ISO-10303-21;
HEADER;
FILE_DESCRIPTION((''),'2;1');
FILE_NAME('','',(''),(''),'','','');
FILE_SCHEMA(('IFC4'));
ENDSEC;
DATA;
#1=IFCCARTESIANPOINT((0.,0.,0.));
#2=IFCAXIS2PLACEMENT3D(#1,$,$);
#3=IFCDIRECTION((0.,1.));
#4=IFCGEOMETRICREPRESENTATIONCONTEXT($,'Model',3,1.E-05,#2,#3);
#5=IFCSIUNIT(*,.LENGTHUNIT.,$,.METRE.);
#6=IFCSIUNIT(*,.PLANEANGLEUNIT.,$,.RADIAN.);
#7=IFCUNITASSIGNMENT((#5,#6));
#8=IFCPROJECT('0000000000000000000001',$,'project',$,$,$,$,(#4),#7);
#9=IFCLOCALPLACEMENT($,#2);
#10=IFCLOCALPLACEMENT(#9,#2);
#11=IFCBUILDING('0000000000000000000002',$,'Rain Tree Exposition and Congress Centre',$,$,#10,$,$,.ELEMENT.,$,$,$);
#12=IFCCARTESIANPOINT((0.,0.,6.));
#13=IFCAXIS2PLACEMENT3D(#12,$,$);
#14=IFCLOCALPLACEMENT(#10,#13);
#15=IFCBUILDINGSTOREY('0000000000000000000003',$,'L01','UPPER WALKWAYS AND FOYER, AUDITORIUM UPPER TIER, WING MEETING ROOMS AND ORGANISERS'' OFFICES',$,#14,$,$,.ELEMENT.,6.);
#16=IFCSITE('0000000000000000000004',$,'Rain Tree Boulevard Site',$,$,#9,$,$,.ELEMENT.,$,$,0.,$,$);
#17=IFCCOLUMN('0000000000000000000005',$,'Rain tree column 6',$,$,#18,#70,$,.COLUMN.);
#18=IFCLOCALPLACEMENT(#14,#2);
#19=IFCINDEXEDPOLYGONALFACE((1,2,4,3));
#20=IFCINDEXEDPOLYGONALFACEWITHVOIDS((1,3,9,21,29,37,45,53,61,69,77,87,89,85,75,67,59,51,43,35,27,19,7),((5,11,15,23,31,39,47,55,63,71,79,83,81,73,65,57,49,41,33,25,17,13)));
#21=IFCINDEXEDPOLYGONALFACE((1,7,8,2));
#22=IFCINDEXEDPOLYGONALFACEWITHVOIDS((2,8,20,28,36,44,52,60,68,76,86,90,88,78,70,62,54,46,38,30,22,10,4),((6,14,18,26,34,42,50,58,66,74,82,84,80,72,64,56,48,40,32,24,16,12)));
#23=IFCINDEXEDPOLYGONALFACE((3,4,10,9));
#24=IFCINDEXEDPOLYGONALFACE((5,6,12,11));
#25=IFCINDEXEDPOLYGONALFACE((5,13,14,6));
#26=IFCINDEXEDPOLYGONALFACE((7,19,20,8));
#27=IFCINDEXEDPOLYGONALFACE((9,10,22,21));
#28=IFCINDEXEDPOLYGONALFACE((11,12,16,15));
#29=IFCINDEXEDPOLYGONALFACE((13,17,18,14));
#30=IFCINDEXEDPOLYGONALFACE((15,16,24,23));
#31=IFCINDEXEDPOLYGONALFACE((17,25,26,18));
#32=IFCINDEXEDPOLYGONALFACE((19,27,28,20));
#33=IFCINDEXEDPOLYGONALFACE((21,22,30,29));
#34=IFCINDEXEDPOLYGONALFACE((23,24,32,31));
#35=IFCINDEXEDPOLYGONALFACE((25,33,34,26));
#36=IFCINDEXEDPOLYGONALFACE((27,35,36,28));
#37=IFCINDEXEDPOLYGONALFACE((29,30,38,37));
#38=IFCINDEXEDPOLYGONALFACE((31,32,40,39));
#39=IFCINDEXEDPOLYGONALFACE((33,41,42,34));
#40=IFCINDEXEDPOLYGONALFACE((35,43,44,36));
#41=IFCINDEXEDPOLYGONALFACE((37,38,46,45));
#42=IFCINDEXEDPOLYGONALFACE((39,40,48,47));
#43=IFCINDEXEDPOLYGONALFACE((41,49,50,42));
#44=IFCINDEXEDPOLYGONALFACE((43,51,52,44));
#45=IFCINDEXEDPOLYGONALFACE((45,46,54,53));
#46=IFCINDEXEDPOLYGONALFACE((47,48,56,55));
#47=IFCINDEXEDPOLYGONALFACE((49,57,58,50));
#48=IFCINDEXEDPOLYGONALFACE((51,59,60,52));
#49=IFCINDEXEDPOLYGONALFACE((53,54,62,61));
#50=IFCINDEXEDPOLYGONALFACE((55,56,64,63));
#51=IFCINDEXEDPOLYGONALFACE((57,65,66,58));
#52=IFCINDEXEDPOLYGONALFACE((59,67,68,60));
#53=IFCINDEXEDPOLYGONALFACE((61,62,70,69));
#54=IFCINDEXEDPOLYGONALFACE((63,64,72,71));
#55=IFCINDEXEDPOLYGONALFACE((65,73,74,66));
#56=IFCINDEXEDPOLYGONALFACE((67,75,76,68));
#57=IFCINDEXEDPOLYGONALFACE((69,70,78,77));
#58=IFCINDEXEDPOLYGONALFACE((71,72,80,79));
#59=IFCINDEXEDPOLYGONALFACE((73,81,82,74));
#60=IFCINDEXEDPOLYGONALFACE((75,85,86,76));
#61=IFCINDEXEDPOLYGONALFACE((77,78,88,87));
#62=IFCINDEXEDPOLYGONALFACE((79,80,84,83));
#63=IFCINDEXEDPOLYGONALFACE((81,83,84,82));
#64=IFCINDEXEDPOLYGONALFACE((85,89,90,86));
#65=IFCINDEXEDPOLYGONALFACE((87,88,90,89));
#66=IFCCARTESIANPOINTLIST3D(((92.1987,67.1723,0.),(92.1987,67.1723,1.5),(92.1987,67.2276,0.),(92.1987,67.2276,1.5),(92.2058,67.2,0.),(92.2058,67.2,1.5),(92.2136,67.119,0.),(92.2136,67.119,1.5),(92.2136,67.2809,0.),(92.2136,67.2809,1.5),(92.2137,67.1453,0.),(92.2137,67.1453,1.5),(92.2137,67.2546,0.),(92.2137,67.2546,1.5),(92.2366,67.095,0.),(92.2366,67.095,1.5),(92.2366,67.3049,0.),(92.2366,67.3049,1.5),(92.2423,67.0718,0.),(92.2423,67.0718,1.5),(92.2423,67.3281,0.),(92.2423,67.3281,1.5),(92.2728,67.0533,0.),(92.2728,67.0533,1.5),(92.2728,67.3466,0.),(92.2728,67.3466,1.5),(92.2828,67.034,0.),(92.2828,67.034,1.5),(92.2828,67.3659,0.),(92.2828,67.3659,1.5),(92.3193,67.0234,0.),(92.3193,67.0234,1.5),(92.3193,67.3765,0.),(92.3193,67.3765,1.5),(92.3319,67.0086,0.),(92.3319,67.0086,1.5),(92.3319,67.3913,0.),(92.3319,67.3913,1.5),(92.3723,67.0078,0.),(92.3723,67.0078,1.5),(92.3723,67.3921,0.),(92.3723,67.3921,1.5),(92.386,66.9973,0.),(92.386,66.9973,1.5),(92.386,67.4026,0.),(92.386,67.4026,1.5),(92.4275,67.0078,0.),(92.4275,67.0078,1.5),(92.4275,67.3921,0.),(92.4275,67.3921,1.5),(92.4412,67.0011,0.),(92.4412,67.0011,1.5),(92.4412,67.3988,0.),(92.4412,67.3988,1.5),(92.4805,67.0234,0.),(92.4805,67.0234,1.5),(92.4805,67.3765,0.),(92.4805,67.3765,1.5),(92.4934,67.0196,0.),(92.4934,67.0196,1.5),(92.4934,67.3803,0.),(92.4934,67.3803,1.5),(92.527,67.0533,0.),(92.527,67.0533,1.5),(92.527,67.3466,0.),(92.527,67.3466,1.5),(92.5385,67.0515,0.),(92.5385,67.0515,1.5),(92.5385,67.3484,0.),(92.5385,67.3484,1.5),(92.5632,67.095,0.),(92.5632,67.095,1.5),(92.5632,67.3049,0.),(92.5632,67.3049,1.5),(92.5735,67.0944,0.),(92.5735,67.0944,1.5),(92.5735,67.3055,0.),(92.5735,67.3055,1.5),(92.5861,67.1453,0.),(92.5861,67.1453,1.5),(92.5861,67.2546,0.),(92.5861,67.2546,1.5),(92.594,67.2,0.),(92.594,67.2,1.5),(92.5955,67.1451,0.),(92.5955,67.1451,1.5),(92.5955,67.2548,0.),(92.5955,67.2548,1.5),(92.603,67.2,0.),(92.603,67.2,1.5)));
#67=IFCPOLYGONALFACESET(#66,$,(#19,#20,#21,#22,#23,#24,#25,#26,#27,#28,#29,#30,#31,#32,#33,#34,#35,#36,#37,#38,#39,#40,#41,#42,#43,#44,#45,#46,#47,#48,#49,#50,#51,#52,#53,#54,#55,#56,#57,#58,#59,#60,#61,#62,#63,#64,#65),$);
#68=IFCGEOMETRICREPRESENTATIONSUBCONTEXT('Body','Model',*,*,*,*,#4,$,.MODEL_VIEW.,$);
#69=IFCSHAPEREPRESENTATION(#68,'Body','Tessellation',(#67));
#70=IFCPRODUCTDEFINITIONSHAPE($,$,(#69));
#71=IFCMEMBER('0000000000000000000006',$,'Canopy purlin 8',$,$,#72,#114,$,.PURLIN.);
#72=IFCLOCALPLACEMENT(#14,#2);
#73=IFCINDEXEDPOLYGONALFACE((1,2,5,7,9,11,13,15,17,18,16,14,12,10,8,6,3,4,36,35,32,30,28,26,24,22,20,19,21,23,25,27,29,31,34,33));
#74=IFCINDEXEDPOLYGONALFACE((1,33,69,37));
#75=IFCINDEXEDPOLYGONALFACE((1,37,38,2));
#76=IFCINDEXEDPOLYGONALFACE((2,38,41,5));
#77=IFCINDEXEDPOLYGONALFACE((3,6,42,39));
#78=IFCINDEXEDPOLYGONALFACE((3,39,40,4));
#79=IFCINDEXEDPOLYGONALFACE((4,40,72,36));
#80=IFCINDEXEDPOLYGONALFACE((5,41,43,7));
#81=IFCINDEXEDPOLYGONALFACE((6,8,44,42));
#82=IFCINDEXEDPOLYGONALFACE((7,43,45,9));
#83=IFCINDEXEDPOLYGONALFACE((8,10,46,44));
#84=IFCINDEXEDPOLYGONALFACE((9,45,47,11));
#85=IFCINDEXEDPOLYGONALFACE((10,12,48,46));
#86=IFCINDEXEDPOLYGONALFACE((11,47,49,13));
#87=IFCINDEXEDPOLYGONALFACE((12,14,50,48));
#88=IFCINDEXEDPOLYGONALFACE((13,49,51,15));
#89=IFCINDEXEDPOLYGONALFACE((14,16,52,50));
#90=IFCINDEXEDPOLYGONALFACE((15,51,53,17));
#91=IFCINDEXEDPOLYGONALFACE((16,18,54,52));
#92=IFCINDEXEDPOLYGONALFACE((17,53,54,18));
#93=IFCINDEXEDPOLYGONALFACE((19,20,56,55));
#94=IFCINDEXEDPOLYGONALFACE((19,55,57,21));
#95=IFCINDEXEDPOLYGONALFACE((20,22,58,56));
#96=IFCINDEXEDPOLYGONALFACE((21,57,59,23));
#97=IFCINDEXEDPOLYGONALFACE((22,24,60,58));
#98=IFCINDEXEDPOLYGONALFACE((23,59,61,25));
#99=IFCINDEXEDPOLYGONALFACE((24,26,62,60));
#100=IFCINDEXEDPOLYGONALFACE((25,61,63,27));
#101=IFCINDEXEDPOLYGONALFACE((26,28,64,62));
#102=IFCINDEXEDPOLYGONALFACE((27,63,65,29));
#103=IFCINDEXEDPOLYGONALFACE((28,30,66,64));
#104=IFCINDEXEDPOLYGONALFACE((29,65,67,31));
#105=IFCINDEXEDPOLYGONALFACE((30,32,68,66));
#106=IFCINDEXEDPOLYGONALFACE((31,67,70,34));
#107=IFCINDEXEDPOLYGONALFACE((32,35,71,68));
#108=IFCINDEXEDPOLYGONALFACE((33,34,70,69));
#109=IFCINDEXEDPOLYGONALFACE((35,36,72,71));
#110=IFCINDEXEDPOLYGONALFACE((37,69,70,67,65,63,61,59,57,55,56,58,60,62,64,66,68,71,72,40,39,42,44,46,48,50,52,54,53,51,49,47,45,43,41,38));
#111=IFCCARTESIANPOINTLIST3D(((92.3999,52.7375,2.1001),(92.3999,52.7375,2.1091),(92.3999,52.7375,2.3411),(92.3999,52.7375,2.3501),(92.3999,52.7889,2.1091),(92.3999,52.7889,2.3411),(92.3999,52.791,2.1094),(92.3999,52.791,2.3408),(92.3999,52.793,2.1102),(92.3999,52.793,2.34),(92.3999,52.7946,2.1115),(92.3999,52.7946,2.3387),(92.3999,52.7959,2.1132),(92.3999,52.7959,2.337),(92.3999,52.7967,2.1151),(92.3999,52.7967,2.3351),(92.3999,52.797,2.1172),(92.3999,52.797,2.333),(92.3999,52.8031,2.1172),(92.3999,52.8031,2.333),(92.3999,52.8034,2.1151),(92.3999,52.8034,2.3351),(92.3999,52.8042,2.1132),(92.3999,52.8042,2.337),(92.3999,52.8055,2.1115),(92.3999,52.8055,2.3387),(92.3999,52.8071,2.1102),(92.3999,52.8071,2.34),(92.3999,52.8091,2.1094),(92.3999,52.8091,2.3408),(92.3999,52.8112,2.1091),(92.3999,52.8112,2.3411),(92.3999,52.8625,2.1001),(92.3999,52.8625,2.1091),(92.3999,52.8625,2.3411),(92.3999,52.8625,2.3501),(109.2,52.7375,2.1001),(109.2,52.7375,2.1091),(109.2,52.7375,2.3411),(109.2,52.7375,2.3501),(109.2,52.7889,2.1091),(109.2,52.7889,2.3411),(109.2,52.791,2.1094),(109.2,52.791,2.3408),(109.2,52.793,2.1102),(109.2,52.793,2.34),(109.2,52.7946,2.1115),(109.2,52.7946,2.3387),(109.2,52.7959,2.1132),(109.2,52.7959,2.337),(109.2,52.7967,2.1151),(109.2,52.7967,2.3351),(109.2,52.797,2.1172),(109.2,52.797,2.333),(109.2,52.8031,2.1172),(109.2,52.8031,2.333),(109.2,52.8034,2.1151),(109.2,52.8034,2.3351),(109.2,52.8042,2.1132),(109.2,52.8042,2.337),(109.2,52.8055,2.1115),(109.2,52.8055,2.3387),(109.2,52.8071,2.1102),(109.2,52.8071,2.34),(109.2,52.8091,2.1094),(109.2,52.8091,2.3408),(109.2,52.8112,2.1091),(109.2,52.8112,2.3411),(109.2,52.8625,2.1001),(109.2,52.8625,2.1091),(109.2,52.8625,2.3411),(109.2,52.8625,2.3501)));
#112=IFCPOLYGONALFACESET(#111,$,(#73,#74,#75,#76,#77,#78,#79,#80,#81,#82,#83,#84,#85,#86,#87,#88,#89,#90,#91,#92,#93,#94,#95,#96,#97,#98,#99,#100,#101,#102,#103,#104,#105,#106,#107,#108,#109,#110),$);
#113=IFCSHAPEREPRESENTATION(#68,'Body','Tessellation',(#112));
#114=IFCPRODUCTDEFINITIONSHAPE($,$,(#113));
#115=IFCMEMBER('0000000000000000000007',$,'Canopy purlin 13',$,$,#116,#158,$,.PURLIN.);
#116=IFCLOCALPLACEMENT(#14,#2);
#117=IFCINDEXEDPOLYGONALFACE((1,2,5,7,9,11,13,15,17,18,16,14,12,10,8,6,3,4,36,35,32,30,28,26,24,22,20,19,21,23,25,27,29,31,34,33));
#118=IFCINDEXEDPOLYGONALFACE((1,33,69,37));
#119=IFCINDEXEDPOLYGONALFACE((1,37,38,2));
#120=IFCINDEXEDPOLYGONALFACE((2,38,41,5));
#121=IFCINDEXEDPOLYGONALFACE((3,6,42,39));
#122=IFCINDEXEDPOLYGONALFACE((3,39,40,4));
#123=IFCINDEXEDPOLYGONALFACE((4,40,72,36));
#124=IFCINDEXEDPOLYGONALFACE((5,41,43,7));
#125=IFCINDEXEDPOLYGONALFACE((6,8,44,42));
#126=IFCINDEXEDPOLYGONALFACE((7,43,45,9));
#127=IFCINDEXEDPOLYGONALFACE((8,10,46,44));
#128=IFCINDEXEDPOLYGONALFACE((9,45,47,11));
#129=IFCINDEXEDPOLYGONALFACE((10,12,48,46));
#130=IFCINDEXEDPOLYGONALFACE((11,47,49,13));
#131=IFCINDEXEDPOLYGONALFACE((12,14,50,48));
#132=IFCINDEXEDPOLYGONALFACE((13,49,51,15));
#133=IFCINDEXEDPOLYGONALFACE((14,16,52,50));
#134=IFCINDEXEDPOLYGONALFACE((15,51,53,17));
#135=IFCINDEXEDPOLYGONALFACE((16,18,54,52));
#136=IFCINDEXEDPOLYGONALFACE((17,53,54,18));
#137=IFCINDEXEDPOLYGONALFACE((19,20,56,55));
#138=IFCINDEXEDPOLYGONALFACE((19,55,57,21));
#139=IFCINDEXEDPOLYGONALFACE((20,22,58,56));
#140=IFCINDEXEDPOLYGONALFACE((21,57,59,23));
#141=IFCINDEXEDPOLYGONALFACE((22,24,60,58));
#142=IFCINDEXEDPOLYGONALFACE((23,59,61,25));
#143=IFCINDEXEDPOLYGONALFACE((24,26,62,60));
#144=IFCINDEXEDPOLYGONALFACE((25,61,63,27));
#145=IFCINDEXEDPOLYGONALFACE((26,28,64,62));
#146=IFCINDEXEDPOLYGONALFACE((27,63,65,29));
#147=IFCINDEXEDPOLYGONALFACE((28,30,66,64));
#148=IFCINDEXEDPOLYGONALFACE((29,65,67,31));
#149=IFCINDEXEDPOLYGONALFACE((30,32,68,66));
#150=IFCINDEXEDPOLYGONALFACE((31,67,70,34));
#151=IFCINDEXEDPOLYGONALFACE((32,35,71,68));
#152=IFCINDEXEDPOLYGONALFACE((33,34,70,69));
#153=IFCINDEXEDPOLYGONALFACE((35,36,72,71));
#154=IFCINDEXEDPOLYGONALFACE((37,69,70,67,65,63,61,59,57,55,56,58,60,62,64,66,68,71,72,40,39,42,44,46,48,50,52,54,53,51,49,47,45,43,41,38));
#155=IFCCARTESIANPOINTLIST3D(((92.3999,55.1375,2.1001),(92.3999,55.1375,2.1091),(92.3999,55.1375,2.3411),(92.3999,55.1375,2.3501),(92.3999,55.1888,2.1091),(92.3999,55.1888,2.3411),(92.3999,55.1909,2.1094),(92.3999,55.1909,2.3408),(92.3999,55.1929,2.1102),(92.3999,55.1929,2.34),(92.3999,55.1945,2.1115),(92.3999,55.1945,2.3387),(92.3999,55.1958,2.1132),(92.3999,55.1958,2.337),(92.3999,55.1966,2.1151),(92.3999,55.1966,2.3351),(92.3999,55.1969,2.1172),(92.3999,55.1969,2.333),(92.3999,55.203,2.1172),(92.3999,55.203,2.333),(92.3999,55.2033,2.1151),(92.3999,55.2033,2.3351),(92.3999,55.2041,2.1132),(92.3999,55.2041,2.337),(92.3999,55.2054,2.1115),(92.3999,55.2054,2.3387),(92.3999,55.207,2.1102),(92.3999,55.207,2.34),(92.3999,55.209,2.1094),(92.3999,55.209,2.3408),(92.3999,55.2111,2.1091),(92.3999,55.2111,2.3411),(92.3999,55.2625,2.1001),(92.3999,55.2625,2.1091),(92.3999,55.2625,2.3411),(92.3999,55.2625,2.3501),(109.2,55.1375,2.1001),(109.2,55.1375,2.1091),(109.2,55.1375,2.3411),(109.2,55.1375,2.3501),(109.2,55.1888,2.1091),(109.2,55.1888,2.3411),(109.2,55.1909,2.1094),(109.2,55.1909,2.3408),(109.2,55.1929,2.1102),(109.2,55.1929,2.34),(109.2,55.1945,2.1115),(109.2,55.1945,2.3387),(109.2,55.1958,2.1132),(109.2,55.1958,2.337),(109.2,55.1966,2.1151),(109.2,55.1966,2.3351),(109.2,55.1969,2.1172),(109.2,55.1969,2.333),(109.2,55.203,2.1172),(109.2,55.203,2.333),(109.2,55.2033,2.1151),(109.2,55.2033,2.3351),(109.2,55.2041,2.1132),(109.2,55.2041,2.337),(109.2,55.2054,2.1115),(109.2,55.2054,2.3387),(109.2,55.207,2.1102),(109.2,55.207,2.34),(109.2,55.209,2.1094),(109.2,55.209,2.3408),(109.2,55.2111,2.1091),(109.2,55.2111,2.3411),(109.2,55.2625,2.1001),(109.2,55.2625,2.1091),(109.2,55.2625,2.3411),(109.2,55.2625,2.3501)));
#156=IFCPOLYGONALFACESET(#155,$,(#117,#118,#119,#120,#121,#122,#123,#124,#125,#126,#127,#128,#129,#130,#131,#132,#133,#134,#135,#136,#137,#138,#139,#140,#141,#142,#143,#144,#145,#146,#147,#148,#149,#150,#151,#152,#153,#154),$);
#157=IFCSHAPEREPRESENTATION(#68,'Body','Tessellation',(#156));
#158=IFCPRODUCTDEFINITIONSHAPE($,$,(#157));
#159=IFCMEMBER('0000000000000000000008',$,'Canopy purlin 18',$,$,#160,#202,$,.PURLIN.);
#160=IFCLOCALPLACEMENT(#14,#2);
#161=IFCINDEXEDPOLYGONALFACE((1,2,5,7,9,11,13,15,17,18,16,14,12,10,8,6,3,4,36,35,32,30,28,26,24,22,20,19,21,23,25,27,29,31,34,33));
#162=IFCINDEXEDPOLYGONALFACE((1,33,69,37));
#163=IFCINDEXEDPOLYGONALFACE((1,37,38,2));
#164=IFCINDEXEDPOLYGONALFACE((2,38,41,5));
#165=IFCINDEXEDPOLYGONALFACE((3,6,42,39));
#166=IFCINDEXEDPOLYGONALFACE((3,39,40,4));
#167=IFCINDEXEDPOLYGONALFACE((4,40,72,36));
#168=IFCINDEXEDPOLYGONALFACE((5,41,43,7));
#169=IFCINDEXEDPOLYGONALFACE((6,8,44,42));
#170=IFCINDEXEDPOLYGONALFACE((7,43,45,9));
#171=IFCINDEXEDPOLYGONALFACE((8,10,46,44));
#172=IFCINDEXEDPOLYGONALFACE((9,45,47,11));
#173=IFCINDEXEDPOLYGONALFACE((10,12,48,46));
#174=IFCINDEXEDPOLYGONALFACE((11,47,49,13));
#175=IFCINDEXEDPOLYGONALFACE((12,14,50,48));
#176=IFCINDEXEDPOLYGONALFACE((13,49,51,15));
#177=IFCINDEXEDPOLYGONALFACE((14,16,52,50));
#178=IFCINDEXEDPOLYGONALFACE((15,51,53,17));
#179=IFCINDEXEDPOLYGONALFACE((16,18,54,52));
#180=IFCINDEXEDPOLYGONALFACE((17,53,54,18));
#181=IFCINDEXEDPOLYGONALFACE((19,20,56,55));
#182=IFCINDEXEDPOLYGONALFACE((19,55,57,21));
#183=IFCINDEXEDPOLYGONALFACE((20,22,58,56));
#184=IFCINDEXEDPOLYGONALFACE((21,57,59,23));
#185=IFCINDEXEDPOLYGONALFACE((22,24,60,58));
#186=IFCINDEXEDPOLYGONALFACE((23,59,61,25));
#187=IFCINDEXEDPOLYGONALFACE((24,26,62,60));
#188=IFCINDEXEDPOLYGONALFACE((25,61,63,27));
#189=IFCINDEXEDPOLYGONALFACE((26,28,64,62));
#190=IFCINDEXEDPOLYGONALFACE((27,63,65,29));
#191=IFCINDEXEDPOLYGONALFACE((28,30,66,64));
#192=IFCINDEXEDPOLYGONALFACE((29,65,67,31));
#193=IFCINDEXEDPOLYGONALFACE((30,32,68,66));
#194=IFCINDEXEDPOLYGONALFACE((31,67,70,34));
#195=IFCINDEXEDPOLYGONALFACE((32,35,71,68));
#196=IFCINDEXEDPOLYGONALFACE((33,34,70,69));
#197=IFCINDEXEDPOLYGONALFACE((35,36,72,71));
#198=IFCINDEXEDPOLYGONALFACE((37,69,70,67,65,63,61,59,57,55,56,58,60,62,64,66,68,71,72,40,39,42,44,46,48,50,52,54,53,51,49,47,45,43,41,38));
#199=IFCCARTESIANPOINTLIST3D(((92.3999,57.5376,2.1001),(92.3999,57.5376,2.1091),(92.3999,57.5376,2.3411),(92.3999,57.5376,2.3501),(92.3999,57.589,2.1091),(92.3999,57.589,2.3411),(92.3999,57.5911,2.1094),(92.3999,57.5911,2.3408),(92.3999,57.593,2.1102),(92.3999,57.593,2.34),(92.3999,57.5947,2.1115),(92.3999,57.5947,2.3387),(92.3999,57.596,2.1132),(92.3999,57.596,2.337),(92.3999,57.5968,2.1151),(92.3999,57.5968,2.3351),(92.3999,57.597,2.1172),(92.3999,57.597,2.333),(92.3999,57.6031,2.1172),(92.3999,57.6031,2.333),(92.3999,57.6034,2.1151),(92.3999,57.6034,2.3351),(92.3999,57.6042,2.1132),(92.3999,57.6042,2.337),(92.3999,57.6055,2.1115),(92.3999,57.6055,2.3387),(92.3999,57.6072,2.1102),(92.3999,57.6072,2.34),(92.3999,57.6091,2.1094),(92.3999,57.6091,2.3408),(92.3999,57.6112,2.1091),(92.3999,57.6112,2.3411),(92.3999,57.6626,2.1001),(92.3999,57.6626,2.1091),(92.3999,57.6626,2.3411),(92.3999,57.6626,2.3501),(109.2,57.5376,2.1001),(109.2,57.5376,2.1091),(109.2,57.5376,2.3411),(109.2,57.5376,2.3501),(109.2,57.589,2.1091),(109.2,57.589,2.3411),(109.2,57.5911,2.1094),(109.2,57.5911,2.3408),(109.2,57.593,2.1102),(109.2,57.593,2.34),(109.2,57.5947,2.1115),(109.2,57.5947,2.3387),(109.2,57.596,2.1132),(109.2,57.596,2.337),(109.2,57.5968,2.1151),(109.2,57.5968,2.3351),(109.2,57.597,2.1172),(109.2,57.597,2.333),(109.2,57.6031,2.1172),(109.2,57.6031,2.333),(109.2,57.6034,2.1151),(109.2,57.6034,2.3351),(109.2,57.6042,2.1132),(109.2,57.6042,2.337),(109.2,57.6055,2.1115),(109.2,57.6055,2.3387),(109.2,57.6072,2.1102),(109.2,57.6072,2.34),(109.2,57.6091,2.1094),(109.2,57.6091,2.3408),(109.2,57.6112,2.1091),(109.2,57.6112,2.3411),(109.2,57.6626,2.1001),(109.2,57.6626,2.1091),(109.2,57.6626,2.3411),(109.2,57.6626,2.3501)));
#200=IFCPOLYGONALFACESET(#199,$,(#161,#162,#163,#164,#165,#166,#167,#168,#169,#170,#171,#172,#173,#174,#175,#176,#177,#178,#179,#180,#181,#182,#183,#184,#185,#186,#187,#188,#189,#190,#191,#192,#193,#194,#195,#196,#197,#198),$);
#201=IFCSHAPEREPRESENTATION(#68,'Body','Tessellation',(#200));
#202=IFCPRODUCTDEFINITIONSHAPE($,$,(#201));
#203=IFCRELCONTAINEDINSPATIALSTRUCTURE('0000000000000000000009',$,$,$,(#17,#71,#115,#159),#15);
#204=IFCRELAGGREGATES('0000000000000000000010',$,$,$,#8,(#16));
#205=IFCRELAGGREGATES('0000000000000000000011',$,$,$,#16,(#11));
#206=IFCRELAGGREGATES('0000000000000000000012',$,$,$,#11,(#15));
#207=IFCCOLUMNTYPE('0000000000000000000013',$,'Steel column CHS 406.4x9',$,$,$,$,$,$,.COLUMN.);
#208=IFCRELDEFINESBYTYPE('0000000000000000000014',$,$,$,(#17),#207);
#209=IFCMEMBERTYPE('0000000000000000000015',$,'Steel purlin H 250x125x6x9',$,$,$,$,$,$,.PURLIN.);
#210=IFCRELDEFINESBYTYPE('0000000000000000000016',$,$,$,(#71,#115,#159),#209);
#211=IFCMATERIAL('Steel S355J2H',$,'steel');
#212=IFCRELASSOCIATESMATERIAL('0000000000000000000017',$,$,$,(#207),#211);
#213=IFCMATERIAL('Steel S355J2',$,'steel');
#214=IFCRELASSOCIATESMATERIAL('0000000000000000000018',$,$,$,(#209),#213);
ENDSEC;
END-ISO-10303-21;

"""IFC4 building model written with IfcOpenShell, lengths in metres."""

from ifc_helpers import new_model, si_unit, direction, frame, origin, origin_2d, place, context, subcontext, project, spatial, hollow_circle, i_section, extrude, material, material_profile, profile_set, type_object, element, save


model = new_model("IFC4")

# Units and contexts
model_context = context("Model", 3, precision=1e-05, world=origin(), true_north=direction((0.0, 1.0)))
body_context = subcontext(model_context, "Body", "Model", "MODEL_VIEW")
ifc_project = project(units=[si_unit("LENGTHUNIT", "METRE"), si_unit("PLANEANGLEUNIT", "RADIAN")], contexts=[model_context])

# Site, building, storey
site_placement = place(None, origin())
site = spatial("IfcSite", under=ifc_project, at=site_placement, Name="Rain Tree Boulevard Site", CompositionType="ELEMENT", RefElevation=0.0)
building_placement = place(site_placement, origin())
building = spatial("IfcBuilding", under=site, at=building_placement, Name="Rain Tree Exposition and Congress Centre", CompositionType="ELEMENT")
storey_placement = place(building_placement, frame((0.0, 0.0, 6.0)))
storey = spatial("IfcBuildingStorey", under=building, at=storey_placement, Name="L01", Description="UPPER WALKWAYS AND FOYER, AUDITORIUM UPPER TIER, WING MEETING ROOMS AND ORGANISERS' OFFICES", CompositionType="ELEMENT", Elevation=6.0)

# Column
ifc_material_1 = material(Name="Steel S355J2H", Category="steel")
ifc_material_profile_1 = material_profile(ifc_material_1, hollow_circle(Radius=0.2031, WallThickness=0.009, at=origin_2d()), Name="CHS 406.4x9")
ifc_profile_set_1 = profile_set([ifc_material_profile_1], Name="Steel S355J2H")
column_type = type_object("IfcColumnType", Name="Steel column CHS 406.4x9", PredefinedType="COLUMN", material=ifc_profile_set_1)
column_placement = place(storey_placement, frame((92.3999, 67.2, 0.0), z_axis=(0.0, 0.0, 1.0), x_axis=(1.0, 0.0, 0.0)))
element("IfcColumn", 1, at=column_placement, inside=storey, type_object=column_type, Name="Rain tree column 6", PredefinedType="COLUMN", context=body_context, shape_type="SweptSolid", body=[
    extrude(hollow_circle(Radius=0.2031, WallThickness=0.009, at=origin_2d()), origin(), (0.0, 0.0, 1.0), 1.5),
])

# Members
ifc_material_2 = material(Name="Steel S355J2", Category="steel")
ifc_material_profile_2 = material_profile(ifc_material_2, i_section(OverallWidth=0.125, OverallDepth=0.25, WebThickness=0.0061, FlangeThickness=0.009, FilletRadius=0.0081, at=origin_2d()), Name="H 250x125x6x9")
ifc_profile_set_2 = profile_set([ifc_material_profile_2], Name="Steel S355J2")
member_type = type_object("IfcMemberType", Name="Steel purlin H 250x125x6x9", PredefinedType="PURLIN", material=ifc_profile_set_2)
for number, where, z_axis, x_axis, name in (
    (2, (92.3999, 52.8, 2.2251), (1.0, 0.0, 0.0), (0.0, 1.0, 0.0), "Canopy purlin 8"),
    (3, (92.3999, 55.2, 2.2251), (1.0, 0.0, 0.0), (0.0, 1.0, 0.0), "Canopy purlin 13"),
    (4, (92.3999, 57.6001, 2.2251), (1.0, 0.0, 0.0), (0.0, 1.0, 0.0), "Canopy purlin 18"),
):
    element("IfcMember", number, at=place(storey_placement, frame(where, z_axis=z_axis, x_axis=x_axis)), inside=storey, type_object=member_type, Name=name, PredefinedType="PURLIN", context=body_context, shape_type="SweptSolid", body=[
        extrude(i_section(OverallWidth=0.125, OverallDepth=0.25, WebThickness=0.0061, FlangeThickness=0.009, FilletRadius=0.0081, at=origin_2d()), origin(), (0.0, 0.0, 1.0), 16.8),
    ])

save(model, "model.ifc")
